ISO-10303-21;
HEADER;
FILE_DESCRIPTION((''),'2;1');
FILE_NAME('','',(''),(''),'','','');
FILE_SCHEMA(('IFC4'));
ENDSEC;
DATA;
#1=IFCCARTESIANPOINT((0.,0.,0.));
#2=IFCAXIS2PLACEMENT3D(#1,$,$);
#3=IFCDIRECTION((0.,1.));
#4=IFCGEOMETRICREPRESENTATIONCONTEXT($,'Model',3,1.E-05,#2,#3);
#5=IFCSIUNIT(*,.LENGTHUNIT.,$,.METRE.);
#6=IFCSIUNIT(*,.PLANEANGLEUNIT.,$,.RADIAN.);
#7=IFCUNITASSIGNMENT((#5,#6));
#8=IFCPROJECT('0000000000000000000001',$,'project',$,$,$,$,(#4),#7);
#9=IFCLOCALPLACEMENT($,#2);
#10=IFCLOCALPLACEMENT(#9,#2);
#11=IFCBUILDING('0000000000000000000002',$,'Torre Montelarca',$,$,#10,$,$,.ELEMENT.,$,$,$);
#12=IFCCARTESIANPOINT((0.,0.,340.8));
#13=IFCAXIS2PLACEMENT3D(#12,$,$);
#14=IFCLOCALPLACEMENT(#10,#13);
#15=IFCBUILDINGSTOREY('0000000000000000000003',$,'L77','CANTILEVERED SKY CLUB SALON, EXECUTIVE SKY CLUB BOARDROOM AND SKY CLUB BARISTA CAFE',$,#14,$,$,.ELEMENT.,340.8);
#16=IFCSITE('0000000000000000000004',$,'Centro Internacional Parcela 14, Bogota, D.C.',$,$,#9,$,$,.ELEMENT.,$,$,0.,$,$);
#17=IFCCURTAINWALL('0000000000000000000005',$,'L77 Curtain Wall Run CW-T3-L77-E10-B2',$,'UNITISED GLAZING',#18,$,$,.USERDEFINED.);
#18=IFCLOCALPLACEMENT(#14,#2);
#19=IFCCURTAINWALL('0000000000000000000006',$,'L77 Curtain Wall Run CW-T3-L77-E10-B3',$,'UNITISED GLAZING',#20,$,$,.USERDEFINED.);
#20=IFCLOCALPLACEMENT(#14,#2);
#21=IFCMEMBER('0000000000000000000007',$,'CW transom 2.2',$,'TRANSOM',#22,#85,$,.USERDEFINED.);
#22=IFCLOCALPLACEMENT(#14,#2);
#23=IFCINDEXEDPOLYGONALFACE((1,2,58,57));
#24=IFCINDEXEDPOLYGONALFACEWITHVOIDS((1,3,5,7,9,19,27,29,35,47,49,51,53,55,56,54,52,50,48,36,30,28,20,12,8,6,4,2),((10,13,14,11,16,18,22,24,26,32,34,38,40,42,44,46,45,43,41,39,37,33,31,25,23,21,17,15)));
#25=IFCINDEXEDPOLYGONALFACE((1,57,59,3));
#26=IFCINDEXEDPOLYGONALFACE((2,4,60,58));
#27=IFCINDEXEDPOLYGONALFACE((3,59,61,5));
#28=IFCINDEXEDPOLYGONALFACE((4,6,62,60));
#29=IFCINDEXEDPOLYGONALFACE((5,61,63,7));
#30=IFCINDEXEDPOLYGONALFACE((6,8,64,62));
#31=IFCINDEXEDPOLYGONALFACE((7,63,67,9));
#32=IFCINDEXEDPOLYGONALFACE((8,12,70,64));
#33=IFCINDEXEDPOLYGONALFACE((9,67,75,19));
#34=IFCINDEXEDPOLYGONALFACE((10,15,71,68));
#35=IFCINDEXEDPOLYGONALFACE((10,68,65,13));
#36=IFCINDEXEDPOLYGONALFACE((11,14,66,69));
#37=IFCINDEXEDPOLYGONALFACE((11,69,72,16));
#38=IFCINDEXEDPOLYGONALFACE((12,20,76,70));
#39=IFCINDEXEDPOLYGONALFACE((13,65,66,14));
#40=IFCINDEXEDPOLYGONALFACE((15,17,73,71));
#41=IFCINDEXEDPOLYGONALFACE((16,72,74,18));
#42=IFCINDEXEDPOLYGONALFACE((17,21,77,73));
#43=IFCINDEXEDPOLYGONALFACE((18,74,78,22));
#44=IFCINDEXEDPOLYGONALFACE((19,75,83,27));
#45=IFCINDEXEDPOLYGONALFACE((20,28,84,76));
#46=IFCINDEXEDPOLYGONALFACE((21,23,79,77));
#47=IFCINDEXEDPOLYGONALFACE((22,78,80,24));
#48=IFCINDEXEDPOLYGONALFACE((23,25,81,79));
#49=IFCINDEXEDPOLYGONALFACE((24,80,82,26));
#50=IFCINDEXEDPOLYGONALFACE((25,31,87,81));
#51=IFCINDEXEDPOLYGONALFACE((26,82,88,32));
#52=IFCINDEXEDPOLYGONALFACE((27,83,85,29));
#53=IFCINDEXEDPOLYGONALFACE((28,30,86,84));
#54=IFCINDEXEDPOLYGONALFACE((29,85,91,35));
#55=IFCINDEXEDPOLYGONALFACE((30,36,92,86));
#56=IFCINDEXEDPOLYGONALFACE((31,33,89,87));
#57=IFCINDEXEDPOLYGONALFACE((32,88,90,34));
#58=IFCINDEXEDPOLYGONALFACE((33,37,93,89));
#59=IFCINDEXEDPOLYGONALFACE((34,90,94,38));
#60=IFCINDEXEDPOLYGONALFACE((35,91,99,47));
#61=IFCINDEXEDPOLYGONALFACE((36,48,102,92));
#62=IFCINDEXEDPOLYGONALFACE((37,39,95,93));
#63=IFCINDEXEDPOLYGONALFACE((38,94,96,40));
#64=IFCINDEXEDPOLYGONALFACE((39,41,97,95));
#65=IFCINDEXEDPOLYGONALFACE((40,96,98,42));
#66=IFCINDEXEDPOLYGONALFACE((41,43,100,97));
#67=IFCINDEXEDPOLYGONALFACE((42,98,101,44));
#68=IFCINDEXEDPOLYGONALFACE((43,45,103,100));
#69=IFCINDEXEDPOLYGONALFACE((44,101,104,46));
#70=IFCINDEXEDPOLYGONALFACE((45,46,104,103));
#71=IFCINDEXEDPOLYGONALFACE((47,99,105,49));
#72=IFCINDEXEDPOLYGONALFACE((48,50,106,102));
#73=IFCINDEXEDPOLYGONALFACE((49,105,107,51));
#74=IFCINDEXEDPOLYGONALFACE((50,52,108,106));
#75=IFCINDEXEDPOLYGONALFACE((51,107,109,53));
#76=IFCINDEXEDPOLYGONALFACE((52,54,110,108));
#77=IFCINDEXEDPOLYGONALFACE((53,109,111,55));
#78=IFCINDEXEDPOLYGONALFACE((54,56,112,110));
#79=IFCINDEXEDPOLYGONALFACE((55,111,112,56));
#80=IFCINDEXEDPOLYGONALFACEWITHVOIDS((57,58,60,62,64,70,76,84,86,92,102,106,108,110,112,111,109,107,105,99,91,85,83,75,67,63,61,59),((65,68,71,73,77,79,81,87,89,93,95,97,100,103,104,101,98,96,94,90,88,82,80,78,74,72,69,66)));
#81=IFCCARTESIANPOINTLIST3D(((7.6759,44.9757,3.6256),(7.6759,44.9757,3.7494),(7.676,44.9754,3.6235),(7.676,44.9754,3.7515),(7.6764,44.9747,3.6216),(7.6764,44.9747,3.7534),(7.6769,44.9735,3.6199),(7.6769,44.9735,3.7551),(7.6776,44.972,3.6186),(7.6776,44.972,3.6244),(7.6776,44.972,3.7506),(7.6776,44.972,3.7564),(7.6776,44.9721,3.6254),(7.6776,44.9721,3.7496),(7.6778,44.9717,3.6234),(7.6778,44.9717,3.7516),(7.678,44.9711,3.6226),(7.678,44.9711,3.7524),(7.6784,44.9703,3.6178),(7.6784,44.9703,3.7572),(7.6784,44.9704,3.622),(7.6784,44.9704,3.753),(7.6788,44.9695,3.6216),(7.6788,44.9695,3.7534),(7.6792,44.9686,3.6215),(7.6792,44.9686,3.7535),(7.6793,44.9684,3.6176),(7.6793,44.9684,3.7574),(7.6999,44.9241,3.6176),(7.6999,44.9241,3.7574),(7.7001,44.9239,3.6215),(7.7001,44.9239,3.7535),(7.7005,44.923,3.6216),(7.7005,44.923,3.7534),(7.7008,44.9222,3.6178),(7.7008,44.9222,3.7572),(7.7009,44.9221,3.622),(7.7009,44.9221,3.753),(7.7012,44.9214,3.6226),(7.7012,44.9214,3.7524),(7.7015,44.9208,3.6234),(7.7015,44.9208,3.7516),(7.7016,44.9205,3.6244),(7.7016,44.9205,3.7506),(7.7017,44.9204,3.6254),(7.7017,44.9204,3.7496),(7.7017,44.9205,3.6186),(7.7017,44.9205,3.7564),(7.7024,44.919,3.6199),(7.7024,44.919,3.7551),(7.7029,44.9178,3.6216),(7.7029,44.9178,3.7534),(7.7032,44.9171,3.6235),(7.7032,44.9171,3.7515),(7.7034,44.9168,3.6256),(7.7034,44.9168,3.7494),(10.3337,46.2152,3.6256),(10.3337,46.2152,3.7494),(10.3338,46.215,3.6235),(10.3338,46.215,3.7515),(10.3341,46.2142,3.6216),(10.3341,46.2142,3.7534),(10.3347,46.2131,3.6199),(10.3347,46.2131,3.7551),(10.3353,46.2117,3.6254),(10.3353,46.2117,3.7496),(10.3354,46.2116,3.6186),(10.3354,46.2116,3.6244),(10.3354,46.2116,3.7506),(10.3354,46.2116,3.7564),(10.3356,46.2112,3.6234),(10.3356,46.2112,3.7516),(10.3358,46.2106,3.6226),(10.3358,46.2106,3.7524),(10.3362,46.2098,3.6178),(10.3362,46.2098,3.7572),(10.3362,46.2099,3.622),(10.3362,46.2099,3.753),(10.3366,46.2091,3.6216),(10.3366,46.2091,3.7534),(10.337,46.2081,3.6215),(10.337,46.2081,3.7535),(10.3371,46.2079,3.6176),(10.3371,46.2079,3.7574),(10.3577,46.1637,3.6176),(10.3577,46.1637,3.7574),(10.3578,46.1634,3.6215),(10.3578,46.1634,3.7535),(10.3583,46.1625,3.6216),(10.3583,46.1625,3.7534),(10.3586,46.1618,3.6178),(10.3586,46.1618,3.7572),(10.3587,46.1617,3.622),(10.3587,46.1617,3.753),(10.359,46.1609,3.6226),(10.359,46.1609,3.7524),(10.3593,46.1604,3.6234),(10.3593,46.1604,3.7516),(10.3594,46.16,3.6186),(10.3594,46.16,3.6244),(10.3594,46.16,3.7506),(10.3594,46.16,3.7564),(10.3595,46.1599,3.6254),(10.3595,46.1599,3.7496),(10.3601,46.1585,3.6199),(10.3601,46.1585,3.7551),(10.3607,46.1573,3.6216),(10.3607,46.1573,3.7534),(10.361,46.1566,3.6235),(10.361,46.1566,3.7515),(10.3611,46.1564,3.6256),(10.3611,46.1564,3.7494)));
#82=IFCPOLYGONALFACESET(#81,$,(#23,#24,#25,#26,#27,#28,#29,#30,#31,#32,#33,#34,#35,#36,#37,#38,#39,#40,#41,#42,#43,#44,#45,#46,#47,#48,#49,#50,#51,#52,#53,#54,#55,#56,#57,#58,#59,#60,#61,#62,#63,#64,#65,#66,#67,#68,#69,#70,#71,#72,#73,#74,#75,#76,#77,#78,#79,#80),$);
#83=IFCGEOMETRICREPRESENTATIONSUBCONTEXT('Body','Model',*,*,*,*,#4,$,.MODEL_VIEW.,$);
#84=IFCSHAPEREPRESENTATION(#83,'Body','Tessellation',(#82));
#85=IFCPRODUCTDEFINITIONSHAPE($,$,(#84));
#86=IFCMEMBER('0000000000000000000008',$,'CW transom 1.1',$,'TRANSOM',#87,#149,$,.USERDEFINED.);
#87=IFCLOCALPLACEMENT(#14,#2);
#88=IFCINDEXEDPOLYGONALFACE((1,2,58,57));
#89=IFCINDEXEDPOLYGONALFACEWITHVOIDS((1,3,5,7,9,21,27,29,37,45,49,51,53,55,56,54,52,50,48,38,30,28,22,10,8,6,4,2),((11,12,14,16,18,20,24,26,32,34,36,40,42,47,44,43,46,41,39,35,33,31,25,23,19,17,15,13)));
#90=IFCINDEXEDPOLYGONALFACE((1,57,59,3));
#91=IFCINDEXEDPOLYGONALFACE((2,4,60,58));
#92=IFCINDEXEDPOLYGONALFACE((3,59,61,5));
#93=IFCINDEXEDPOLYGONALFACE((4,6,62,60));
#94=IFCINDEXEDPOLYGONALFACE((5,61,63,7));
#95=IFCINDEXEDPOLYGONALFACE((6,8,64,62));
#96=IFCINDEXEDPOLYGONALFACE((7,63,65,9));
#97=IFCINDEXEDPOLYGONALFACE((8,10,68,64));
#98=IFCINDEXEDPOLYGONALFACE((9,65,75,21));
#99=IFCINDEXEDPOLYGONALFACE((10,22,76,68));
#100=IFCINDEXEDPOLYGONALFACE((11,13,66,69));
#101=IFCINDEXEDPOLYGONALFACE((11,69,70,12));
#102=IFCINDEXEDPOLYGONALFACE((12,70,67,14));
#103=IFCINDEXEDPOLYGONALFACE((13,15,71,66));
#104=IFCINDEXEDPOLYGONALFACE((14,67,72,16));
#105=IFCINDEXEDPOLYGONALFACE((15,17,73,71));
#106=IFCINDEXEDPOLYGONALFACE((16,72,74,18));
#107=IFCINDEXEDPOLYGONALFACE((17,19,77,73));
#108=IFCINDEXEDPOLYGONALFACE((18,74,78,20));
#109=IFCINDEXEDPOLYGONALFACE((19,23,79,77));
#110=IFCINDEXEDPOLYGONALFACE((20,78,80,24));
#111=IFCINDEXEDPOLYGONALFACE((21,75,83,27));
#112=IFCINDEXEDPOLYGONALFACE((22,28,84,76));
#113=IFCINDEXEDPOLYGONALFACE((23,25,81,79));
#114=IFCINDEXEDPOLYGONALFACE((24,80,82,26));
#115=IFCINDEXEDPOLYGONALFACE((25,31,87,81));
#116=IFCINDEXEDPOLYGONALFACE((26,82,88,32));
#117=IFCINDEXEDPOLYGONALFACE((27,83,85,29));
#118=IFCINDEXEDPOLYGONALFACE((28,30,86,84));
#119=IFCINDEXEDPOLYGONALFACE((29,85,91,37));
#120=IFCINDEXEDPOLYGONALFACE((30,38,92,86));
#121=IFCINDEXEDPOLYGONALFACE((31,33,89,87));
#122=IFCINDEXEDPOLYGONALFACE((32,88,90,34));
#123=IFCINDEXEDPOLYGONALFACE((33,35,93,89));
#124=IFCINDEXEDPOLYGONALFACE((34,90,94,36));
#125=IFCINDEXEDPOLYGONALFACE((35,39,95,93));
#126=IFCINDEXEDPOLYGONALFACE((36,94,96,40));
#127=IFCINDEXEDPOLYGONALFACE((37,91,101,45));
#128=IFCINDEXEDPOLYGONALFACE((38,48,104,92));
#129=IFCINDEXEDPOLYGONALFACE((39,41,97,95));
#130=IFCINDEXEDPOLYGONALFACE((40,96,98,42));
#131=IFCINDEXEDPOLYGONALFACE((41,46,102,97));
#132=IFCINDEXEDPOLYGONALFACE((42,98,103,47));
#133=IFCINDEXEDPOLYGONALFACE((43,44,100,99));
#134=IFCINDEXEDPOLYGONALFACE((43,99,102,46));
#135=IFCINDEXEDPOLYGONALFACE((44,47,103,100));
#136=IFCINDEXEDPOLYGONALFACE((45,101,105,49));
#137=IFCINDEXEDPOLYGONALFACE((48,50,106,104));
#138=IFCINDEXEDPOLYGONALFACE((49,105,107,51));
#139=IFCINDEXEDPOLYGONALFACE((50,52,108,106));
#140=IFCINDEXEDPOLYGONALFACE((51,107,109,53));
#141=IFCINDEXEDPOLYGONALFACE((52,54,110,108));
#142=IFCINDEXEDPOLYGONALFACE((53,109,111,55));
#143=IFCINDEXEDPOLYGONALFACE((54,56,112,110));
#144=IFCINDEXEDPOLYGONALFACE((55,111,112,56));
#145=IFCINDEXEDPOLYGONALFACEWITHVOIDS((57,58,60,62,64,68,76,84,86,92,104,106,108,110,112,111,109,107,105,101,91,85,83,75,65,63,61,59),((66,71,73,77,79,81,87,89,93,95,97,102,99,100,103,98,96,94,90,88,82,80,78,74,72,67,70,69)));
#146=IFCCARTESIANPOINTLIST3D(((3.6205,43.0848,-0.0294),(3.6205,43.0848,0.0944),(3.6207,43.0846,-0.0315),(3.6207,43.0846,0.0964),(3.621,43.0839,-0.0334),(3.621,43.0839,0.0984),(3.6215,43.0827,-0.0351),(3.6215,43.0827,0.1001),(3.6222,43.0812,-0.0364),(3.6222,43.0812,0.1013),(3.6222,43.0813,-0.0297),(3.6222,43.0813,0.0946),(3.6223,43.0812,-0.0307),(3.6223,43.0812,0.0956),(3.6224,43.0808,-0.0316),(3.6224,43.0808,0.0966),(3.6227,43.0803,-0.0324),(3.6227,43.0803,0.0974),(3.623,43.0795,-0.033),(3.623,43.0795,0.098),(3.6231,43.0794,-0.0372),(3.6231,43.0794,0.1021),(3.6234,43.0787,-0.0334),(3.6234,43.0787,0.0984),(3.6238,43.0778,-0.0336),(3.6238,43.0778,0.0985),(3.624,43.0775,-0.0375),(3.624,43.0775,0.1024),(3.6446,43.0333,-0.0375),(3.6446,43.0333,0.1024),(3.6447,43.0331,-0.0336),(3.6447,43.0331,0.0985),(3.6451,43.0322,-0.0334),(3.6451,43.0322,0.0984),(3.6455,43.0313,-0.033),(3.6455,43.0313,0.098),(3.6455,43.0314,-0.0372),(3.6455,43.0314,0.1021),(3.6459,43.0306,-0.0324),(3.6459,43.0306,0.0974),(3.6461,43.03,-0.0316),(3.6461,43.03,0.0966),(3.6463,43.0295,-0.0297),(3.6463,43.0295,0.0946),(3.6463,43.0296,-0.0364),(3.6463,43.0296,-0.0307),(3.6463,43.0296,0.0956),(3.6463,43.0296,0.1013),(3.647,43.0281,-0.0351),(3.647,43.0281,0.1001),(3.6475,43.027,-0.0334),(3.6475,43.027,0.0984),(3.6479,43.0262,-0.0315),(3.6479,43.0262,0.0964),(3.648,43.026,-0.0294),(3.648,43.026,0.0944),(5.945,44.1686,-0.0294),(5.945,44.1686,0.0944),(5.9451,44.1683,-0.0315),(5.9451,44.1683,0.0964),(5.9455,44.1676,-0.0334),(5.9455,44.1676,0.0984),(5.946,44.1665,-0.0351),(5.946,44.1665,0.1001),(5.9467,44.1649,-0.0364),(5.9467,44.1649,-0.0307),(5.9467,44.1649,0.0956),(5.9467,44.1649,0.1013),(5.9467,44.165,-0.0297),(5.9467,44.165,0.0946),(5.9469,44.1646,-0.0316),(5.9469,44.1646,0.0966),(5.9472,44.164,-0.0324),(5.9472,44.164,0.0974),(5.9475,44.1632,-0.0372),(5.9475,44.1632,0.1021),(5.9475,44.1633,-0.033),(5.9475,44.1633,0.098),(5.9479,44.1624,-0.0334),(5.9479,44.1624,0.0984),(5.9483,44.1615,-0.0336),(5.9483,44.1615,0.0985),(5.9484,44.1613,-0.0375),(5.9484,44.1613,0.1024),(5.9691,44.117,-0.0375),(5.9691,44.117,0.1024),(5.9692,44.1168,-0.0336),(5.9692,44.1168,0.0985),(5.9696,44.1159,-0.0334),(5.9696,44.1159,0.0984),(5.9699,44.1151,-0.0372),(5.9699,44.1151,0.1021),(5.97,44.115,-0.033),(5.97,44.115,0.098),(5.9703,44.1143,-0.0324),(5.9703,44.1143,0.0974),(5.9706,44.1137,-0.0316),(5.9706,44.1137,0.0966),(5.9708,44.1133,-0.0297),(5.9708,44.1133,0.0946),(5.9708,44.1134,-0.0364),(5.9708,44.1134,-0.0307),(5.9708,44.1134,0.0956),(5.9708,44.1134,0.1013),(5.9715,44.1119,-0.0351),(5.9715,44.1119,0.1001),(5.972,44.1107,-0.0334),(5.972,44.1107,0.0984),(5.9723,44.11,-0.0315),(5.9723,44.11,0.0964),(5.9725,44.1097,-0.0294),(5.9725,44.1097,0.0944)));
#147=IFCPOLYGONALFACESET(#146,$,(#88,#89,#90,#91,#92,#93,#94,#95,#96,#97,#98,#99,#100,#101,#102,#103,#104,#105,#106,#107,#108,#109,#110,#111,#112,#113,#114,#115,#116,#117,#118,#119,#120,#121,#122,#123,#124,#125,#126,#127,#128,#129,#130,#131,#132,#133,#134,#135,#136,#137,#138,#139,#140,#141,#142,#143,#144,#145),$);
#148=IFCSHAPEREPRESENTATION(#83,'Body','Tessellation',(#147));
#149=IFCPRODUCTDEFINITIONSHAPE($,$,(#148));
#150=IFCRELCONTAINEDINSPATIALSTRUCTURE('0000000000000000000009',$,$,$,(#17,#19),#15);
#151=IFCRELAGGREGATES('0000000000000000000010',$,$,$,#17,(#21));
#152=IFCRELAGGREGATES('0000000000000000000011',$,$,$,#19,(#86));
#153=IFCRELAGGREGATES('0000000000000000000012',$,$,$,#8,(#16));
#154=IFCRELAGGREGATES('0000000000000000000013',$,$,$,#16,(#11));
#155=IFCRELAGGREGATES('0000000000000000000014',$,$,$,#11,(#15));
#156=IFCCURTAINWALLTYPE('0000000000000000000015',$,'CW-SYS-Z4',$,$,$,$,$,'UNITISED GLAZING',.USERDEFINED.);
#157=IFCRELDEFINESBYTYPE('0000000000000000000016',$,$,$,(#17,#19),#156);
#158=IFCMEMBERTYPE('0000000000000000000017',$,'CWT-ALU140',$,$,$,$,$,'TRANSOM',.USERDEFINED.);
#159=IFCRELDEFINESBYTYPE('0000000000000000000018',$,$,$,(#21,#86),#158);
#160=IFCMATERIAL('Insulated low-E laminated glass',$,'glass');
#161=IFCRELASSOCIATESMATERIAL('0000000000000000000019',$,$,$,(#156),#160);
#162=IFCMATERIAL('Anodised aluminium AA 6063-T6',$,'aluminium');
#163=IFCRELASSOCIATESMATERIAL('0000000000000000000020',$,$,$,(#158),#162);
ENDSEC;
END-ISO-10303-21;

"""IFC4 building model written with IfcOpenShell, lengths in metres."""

from ifc_helpers import new_model, si_unit, direction, frame, origin, origin_2d, place, context, subcontext, project, spatial, hollow_rectangle, extrude, source, transform, mapped, material, material_profile, profile_set, type_object, element, aggregate, save


model = new_model("IFC4")

# Units and contexts
model_context = context("Model", 3, precision=1e-05, world=origin(), true_north=direction((0.0, 1.0)))
body_context = subcontext(model_context, "Body", "Model", "MODEL_VIEW")
ifc_project = project(units=[si_unit("LENGTHUNIT", "METRE"), si_unit("PLANEANGLEUNIT", "RADIAN")], contexts=[model_context])

# Site, building, storey
site_placement = place(None, origin())
site = spatial("IfcSite", under=ifc_project, at=site_placement, Name="Centro Internacional Parcela 14, Bogota, D.C.", CompositionType="ELEMENT", RefElevation=0.0)
building_placement = place(site_placement, origin())
building = spatial("IfcBuilding", under=site, at=building_placement, Name="Torre Montelarca", CompositionType="ELEMENT")
storey_placement = place(building_placement, frame((0.0, 0.0, 340.8)))
storey = spatial("IfcBuildingStorey", under=building, at=storey_placement, Name="L77", Description="CANTILEVERED SKY CLUB SALON, EXECUTIVE SKY CLUB BOARDROOM AND SKY CLUB BARISTA CAFE", CompositionType="ELEMENT", Elevation=340.8)

# Curtain walls
ifc_material_1 = material(Name="Insulated low-E laminated glass", Category="glass")
curtain_wall_type = type_object("IfcCurtainWallType", Name="CW-SYS-Z4", ElementType="UNITISED GLAZING", PredefinedType="USERDEFINED", material=ifc_material_1)
curtain_wall_1_placement = place(storey_placement, origin())
curtain_wall_1 = element("IfcCurtainWall", 1, at=curtain_wall_1_placement, inside=storey, type_object=curtain_wall_type, Name="L77 Curtain Wall Run CW-T3-L77-E10-B2", ObjectType="UNITISED GLAZING", PredefinedType="USERDEFINED")
ifc_material_2 = material(Name="Anodised aluminium AA 6063-T6", Category="aluminium")
curtain_wall_2_placement = place(storey_placement, origin())
curtain_wall_2 = element("IfcCurtainWall", 2, at=curtain_wall_2_placement, inside=storey, type_object=curtain_wall_type, Name="L77 Curtain Wall Run CW-T3-L77-E10-B3", ObjectType="UNITISED GLAZING", PredefinedType="USERDEFINED")
ifc_material_profile_1 = material_profile(ifc_material_2, hollow_rectangle(XDim=0.0649, YDim=0.1399, WallThickness=0.0039, InnerFilletRadius=0.0039, OuterFilletRadius=0.0081, at=origin_2d()), Name="ALU65X140X4", Category="aluminium")
ifc_profile_set_1 = profile_set([ifc_material_profile_1], Name="Anodised aluminium AA 6063-T6")
member_type_1 = type_object("IfcMemberType", Name="CWT-ALU140", ElementType="TRANSOM", PredefinedType="USERDEFINED", material=ifc_profile_set_1)

# Members
shared_shape_1 = source(origin(), body_context, "Body", "SweptSolid", [
    extrude(hollow_rectangle(XDim=0.0649, YDim=0.1399, WallThickness=0.0039, InnerFilletRadius=0.0039, OuterFilletRadius=0.0081, at=origin_2d()), origin(), (0.0, 0.0, 1.0), 2.9326),
])
member_1_placement = place(storey_placement, frame((10.3474, 46.1858, 3.6875), z_axis=(-0.906283, -0.422671, 0.0), x_axis=(0.422671, -0.906283, 0.0)))
member_1 = element("IfcMember", 3, at=member_1_placement, type_object=member_type_1, Name="CW transom 2.2", ObjectType="TRANSOM", PredefinedType="USERDEFINED", context=body_context, shape_type="MappedRepresentation", body=[
    mapped(shared_shape_1, transform((0.0, 0.0, 0.0), scale=1.0)),
])
shared_shape_2 = source(origin(), body_context, "Body", "SweptSolid", [
    extrude(hollow_rectangle(XDim=0.0649, YDim=0.1399, WallThickness=0.0039, InnerFilletRadius=0.0039, OuterFilletRadius=0.0081, at=origin_2d()), origin(), (0.0, 0.0, 1.0), 2.5647),
])
member_2_placement = place(storey_placement, frame((5.9587, 44.1392, 0.0325), z_axis=(-0.906334, -0.422562, 0.0), x_axis=(0.422562, -0.906334, 0.0)))
member_2 = element("IfcMember", 4, at=member_2_placement, type_object=member_type_1, Name="CW transom 1.1", ObjectType="TRANSOM", PredefinedType="USERDEFINED", context=body_context, shape_type="MappedRepresentation", body=[
    mapped(shared_shape_2, transform((0.0, 0.0, 0.0), scale=1.0)),
])

aggregate(curtain_wall_1, [member_1])
aggregate(curtain_wall_2, [member_2])

save(model, "model.ifc")
